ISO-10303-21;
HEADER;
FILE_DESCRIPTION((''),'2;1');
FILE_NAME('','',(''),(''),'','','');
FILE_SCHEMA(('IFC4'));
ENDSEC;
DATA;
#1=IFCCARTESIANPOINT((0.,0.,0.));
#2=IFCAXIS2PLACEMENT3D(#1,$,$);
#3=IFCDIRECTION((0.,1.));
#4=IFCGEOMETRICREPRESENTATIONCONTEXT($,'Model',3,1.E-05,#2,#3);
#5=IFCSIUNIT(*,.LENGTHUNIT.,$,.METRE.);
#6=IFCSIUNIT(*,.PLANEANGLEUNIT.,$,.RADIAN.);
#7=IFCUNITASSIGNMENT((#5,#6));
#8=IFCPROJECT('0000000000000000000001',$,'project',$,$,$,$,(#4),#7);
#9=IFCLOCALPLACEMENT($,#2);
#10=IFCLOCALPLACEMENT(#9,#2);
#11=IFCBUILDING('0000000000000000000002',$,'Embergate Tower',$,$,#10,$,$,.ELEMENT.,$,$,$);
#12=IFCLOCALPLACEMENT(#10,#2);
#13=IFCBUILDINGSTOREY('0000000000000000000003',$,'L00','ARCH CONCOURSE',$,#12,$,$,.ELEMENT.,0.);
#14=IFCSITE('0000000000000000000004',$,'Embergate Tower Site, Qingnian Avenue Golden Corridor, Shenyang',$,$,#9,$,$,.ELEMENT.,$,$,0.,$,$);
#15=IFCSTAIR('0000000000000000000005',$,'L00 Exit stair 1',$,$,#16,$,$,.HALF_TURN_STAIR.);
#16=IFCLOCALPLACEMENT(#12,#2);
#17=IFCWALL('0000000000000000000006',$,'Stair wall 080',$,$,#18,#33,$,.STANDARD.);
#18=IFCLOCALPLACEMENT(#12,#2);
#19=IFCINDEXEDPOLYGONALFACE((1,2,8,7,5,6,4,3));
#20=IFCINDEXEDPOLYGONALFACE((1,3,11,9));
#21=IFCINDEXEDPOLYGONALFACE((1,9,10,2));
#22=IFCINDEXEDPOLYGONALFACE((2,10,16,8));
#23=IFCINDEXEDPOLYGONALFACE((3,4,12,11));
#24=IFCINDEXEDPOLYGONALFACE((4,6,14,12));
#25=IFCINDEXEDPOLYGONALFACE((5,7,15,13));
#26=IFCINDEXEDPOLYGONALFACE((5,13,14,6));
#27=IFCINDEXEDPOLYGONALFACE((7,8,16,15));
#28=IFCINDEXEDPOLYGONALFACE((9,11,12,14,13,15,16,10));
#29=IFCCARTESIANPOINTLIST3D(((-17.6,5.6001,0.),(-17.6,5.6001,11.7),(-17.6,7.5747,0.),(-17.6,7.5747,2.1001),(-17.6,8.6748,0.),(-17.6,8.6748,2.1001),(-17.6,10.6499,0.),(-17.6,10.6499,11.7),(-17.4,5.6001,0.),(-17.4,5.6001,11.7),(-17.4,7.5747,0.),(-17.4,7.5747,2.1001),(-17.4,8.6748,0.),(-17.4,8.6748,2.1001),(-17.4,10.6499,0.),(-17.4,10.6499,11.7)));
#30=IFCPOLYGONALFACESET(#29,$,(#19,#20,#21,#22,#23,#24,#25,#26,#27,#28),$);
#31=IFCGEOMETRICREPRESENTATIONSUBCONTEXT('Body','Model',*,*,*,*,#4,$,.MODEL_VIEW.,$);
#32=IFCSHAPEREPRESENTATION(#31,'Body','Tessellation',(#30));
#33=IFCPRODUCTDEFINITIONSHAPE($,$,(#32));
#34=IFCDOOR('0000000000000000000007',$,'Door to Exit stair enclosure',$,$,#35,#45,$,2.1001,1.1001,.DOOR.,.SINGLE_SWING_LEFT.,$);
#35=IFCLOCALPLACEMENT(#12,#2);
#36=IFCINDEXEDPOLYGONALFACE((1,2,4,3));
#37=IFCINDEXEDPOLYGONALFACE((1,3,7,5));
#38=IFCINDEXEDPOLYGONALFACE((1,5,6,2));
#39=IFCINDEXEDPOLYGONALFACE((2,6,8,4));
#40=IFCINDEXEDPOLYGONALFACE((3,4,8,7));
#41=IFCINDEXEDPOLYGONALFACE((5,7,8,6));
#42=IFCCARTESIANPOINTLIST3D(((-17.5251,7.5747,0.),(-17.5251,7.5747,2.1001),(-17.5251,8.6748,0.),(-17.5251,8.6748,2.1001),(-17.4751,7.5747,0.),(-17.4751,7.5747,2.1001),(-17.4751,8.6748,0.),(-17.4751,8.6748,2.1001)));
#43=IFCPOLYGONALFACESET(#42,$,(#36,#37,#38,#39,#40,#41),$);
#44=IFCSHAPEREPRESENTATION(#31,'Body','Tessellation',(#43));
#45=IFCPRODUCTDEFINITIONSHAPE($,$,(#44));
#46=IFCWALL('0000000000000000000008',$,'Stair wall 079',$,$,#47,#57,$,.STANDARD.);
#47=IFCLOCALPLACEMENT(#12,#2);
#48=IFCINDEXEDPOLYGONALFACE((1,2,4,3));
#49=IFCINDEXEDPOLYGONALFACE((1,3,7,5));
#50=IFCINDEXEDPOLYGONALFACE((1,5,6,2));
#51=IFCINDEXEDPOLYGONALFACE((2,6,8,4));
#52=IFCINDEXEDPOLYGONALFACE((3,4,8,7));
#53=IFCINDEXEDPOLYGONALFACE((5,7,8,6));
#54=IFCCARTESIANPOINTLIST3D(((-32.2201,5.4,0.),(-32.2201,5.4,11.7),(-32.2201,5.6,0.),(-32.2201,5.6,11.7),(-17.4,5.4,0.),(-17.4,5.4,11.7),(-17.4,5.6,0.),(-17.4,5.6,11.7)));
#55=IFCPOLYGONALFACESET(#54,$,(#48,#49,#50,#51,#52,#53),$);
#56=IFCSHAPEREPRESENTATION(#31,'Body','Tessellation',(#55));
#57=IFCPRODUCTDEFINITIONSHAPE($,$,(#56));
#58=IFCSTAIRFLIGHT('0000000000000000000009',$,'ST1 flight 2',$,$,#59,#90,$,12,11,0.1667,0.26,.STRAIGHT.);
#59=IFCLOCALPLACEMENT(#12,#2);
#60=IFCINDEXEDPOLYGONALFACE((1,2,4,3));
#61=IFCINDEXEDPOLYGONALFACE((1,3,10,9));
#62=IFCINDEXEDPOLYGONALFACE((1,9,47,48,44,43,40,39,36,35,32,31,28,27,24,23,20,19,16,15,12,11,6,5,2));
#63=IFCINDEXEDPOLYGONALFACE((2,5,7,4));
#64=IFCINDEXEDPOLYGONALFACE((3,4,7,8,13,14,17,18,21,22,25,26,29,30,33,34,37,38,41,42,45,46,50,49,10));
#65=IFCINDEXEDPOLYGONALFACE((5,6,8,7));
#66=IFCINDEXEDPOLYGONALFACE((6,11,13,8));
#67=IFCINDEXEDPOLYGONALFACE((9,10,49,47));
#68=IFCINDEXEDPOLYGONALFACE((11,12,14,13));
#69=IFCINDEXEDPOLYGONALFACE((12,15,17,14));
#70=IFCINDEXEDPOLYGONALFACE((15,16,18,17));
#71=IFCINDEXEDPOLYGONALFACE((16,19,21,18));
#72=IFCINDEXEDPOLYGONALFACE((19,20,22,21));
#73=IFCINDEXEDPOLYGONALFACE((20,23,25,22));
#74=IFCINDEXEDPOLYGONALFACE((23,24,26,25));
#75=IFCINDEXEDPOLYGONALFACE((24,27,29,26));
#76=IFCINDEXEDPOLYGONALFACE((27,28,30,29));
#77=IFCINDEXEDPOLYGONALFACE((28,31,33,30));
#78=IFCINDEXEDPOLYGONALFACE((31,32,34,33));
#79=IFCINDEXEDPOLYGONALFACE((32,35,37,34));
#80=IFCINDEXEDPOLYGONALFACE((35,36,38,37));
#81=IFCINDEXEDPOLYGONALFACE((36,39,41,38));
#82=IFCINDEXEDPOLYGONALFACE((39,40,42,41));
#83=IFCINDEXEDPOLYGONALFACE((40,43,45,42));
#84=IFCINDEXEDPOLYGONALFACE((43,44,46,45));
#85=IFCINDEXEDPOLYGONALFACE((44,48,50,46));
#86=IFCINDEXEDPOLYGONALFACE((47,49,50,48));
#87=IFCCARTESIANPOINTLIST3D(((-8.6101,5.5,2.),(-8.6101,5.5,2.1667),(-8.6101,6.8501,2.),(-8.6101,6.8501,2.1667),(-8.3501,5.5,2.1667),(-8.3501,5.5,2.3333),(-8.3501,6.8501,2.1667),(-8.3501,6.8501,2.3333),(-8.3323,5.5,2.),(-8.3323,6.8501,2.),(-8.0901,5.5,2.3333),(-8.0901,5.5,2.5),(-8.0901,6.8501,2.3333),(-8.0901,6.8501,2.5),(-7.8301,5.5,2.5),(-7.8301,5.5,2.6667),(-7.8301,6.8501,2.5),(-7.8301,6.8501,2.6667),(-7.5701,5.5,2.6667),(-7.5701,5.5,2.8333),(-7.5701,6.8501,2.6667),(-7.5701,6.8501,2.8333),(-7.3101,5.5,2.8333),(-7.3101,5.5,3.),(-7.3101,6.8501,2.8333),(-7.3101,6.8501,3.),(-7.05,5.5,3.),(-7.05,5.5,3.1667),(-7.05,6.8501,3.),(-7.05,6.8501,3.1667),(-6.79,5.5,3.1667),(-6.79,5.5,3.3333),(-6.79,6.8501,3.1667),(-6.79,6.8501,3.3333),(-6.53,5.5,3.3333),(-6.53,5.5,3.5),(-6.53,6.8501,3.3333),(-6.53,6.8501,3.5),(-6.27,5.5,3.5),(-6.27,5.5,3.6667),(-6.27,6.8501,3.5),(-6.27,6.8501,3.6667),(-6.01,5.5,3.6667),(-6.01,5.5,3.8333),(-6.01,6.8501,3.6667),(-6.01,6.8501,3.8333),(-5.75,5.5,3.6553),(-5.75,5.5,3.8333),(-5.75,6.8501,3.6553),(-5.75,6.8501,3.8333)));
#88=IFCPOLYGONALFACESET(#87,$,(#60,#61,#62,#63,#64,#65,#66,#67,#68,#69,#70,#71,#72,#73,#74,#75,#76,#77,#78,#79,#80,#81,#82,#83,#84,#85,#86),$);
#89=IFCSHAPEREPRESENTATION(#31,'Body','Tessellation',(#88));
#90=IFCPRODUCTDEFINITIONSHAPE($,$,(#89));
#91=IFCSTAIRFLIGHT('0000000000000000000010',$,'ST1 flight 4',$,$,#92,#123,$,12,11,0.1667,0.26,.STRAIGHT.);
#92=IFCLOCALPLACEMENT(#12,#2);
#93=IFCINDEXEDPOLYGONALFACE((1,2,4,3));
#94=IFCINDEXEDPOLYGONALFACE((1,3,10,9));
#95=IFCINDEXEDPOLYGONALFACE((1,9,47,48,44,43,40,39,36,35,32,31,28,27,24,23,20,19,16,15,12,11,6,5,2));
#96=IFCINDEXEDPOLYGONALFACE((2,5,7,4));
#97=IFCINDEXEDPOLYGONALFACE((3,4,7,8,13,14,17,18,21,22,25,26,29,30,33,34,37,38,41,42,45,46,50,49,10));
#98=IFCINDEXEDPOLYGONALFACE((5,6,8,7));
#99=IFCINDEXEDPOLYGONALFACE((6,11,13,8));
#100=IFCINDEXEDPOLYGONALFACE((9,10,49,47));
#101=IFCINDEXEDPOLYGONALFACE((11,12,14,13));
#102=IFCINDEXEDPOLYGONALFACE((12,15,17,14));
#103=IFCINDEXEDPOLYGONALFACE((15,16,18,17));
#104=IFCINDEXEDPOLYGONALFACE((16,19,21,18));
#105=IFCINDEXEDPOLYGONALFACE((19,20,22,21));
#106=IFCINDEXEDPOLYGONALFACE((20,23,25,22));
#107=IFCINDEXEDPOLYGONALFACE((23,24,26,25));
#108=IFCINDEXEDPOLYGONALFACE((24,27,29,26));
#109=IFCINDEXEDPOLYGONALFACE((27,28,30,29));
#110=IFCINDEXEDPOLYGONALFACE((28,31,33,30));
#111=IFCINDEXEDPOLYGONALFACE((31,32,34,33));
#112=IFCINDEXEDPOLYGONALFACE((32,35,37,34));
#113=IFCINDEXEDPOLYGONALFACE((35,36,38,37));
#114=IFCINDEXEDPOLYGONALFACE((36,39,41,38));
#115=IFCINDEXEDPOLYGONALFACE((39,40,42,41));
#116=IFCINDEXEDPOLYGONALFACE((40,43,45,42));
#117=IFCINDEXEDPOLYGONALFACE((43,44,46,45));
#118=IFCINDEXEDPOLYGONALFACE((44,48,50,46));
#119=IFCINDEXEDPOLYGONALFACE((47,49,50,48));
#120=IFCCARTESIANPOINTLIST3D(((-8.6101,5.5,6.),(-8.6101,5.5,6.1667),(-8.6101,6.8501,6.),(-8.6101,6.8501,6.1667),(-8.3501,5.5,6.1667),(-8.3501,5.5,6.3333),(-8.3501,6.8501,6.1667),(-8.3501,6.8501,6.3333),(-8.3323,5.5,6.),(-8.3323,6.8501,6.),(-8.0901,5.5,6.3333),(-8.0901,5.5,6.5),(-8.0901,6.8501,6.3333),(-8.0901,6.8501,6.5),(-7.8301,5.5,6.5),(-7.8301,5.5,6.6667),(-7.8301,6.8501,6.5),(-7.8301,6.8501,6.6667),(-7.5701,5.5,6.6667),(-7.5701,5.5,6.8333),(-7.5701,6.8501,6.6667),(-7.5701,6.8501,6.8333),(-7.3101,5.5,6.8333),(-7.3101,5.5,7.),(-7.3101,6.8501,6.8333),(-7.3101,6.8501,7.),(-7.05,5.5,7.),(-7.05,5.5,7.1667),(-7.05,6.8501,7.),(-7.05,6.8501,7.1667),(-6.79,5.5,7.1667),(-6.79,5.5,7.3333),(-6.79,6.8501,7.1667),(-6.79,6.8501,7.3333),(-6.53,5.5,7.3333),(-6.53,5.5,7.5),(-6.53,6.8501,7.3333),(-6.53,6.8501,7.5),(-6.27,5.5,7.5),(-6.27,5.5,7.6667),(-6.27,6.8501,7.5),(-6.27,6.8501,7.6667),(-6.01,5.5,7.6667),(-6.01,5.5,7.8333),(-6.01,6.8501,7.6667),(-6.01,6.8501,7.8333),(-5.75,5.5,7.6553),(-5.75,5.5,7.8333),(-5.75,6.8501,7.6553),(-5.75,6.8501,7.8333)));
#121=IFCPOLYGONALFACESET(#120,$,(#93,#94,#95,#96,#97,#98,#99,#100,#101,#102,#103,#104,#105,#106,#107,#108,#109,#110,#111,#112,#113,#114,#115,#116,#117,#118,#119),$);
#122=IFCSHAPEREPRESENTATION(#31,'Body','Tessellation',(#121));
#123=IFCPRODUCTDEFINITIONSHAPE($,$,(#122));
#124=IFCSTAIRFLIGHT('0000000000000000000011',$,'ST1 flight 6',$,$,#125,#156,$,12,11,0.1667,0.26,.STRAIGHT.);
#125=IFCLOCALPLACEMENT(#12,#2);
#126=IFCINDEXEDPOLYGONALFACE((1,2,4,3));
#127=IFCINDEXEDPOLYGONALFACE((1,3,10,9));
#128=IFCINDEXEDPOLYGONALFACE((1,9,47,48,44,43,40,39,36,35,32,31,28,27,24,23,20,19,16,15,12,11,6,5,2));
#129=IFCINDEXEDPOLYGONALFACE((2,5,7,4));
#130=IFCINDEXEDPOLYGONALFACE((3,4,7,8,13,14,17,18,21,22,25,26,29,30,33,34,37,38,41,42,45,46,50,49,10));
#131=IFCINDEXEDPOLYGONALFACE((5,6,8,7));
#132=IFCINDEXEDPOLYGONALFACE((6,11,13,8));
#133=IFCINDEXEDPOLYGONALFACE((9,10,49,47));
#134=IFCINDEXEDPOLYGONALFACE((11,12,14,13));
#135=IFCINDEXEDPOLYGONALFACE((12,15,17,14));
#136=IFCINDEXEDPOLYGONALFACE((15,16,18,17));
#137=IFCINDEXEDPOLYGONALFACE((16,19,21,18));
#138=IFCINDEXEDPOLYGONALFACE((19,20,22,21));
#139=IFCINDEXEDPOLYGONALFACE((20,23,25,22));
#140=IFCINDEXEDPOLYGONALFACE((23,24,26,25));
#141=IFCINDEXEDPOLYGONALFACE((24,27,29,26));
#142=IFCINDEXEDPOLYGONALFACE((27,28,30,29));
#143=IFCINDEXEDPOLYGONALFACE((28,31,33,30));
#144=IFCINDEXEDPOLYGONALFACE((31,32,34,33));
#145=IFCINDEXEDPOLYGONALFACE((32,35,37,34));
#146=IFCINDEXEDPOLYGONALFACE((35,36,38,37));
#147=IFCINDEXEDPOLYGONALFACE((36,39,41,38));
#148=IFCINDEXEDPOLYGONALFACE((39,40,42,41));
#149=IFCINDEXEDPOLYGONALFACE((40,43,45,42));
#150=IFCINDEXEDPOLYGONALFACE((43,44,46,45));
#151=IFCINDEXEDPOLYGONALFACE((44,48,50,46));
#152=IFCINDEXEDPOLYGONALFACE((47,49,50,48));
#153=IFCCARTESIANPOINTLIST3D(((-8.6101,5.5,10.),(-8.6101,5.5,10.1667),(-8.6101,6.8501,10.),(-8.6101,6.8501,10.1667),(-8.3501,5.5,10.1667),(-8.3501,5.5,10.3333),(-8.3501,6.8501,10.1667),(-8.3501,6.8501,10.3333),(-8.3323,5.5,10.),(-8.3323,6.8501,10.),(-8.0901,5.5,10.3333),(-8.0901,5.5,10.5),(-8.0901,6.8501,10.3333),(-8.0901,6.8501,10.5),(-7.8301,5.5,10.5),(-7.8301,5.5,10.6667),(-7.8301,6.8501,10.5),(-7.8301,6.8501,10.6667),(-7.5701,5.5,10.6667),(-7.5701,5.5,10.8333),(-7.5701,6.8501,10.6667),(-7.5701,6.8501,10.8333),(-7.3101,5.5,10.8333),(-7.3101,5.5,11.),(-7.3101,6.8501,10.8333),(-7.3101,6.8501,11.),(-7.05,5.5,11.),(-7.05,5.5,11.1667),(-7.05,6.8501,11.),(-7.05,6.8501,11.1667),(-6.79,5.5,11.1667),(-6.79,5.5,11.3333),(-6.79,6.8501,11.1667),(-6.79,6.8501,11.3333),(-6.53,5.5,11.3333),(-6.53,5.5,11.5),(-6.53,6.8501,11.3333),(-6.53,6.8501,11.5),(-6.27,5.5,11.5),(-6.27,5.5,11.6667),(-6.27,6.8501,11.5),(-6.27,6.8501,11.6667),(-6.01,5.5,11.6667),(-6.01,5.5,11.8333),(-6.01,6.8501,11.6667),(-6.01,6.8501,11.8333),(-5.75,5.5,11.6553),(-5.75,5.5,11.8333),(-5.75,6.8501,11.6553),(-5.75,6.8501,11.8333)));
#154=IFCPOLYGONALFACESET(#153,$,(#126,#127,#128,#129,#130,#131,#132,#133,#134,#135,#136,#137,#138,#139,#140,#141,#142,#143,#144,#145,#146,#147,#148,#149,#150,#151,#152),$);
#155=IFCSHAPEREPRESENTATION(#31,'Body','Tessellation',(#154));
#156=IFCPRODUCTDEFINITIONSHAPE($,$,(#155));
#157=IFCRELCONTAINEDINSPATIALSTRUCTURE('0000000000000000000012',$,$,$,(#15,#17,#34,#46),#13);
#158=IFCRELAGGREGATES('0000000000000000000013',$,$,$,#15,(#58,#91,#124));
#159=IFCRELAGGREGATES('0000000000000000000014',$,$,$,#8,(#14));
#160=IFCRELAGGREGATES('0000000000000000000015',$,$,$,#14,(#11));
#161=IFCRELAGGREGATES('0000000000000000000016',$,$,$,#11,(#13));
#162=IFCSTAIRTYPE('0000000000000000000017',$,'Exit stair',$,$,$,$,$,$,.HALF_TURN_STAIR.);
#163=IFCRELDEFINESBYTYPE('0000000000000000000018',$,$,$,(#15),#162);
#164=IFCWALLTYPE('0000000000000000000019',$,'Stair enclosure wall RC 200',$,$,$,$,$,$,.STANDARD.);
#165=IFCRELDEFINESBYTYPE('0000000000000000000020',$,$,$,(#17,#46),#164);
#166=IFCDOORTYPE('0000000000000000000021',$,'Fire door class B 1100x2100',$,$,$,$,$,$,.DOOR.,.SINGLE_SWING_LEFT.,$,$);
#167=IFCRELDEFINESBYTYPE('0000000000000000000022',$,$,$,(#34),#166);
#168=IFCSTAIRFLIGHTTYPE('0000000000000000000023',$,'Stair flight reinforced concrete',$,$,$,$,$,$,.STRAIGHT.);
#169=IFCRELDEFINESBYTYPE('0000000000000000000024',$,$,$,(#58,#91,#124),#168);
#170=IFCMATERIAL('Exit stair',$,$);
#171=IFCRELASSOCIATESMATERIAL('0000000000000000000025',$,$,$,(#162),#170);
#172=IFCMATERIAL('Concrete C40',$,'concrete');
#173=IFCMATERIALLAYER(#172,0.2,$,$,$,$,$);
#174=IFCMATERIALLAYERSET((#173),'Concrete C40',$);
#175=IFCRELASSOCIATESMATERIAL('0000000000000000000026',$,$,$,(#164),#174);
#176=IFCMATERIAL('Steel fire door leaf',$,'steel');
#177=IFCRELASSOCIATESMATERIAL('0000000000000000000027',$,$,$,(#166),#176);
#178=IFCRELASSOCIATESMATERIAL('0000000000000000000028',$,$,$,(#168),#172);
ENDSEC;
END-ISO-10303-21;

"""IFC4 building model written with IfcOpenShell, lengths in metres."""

from ifc_helpers import new_model, si_unit, direction, frame, frame_2d, origin, place, context, subcontext, project, spatial, polyline, rectangle, outline, extrude, source, transform, mapped, material, layer, layer_set, type_object, element, fill, aggregate, save


model = new_model("IFC4")

# Units and contexts
model_context = context("Model", 3, precision=1e-05, world=origin(), true_north=direction((0.0, 1.0)))
body_context = subcontext(model_context, "Body", "Model", "MODEL_VIEW")
ifc_project = project(units=[si_unit("LENGTHUNIT", "METRE"), si_unit("PLANEANGLEUNIT", "RADIAN")], contexts=[model_context])

# Site, building, storey
site_placement = place(None, origin())
site = spatial("IfcSite", under=ifc_project, at=site_placement, Name="Embergate Tower Site, Qingnian Avenue Golden Corridor, Shenyang", CompositionType="ELEMENT", RefElevation=0.0)
building_placement = place(site_placement, origin())
building = spatial("IfcBuilding", under=site, at=building_placement, Name="Embergate Tower", CompositionType="ELEMENT")
storey_placement = place(building_placement, origin())
storey = spatial("IfcBuildingStorey", under=building, at=storey_placement, Name="L00", Description="ARCH CONCOURSE", CompositionType="ELEMENT", Elevation=0.0)

# Stair
ifc_material_1 = material(Name="Exit stair")
stair_type_1 = type_object("IfcStairType", Name="Exit stair", PredefinedType="HALF_TURN_STAIR", material=ifc_material_1)
stair_1_placement = place(storey_placement, origin())
stair_1 = element("IfcStair", 1, at=stair_1_placement, inside=storey, type_object=stair_type_1, Name="L00 Exit stair 1", PredefinedType="HALF_TURN_STAIR")
ifc_material_2 = material(Name="Concrete C40", Category="concrete")

# Wall, opening, door
ifc_layer_1 = layer(ifc_material_2, 0.2)
ifc_layer_set_1 = layer_set([ifc_layer_1], Name="Concrete C40")
wall_type_1 = type_object("IfcWallType", Name="Stair enclosure wall RC 200", PredefinedType="STANDARD", material=ifc_layer_set_1)
shared_shape_1 = source(origin(), body_context, "Body", "SweptSolid", [
    extrude(rectangle(XDim=5.0498, YDim=0.2, at=frame_2d((2.5249, 0.0))), origin(), (0.0, 0.0, 1.0), 11.7),
])
wall_1_placement = place(storey_placement, frame((-17.5, 10.6499, 0.0), z_axis=(0.0, 0.0, 1.0), x_axis=(0.0, -1.0, 0.0)))
wall_1 = element("IfcWall", 2, at=wall_1_placement, inside=storey, type_object=wall_type_1, Name="Stair wall 080", PredefinedType="STANDARD", context=body_context, shape_type="MappedRepresentation", body=[
    mapped(shared_shape_1, transform((0.0, 0.0, 0.0))),
])
shared_shape_2 = source(origin(), body_context, "Body", "SweptSolid", [
    extrude(rectangle(XDim=1.1001, YDim=2.1001, at=frame_2d((0.55, 1.05))), frame((0.0, 0.1099, 0.0), z_axis=(0.0, -1.0, 0.0), x_axis=(1.0, 0.0, 0.0)), (0.0, 0.0, 1.0), 0.22),
])
opening_1_placement = place(wall_1_placement, frame((1.9751, 0.0, 0.0)))
opening_1 = element("IfcOpeningElement", 3, at=opening_1_placement, cuts=wall_1, PredefinedType="OPENING", context=body_context, shape_type="MappedRepresentation", body=[
    mapped(shared_shape_2, transform((0.0, 0.0, 0.0))),
])
ifc_material_3 = material(Name="Steel fire door leaf", Category="steel")
door_type_1 = type_object("IfcDoorType", Name="Fire door class B 1100x2100", OperationType="SINGLE_SWING_LEFT", PredefinedType="DOOR", material=ifc_material_3)
shared_shape_3 = source(origin(), body_context, "Body", "SweptSolid", [
    extrude(rectangle(XDim=1.1001, YDim=2.1001, at=frame_2d((0.55, 1.05))), frame((0.0, 0.0249, 0.0), z_axis=(0.0, -1.0, 0.0), x_axis=(1.0, 0.0, 0.0)), (0.0, 0.0, 1.0), 0.05),
])
door_1_placement = place(opening_1_placement, origin())
door_1 = element("IfcDoor", 4, at=door_1_placement, inside=storey, type_object=door_type_1, Name="Door to Exit stair enclosure", OperationType="SINGLE_SWING_LEFT", OverallHeight=2.1001, OverallWidth=1.1001, PredefinedType="DOOR", context=body_context, shape_type="MappedRepresentation", body=[
    mapped(shared_shape_3, transform((0.0, 0.0, 0.0))),
])
fill(opening_1, door_1)

# Wall
shared_shape_4 = source(origin(), body_context, "Body", "SweptSolid", [
    extrude(rectangle(XDim=14.8201, YDim=0.2, at=frame_2d((7.4102, 0.0))), origin(), (0.0, 0.0, 1.0), 11.7),
])
wall_2_placement = place(storey_placement, frame((-17.3999, 5.5, 0.0), z_axis=(0.0, 0.0, 1.0), x_axis=(-1.0, 0.0, 0.0)))
element("IfcWall", 5, at=wall_2_placement, inside=storey, type_object=wall_type_1, Name="Stair wall 079", PredefinedType="STANDARD", context=body_context, shape_type="MappedRepresentation", body=[
    mapped(shared_shape_4, transform((0.0, 0.0, 0.0))),
])

# Stair flights
stair_flight_type_1 = type_object("IfcStairFlightType", Name="Stair flight reinforced concrete", PredefinedType="STRAIGHT", material=ifc_material_2)
shared_shape_5 = source(origin(), body_context, "Body", "SweptSolid", [
    extrude(outline(polyline([(0.0, 0.0), (0.0, 0.1667), (0.26, 0.1667), (0.26, 0.3333), (0.52, 0.3333), (0.52, 0.5), (0.78, 0.5), (0.78, 0.6667), (1.04, 0.6667), (1.04, 0.8333), (1.3, 0.8333), (1.3, 1.0), (1.5601, 1.0), (1.5601, 1.1667), (1.8201, 1.1667), (1.8201, 1.3333), (2.0801, 1.3333), (2.0801, 1.5), (2.3401, 1.5), (2.3401, 1.6667), (2.6001, 1.6667), (2.6001, 1.8333), (2.8601, 1.8333), (2.8601, 2.0), (2.8601, 1.6553), (0.2778, 0.0), (0.0, 0.0)])), frame((0.0, 0.675, 0.0), z_axis=(0.0, -1.0, 0.0), x_axis=(1.0, 0.0, 0.0)), (0.0, 0.0, 1.0), 1.3501),
])
stair_flight_1_placement = place(storey_placement, frame((-8.6101, 6.175, 2.0), z_axis=(0.0, 0.0, 1.0), x_axis=(1.0, 0.0, 0.0)))
stair_flight_1 = element("IfcStairFlight", 6, at=stair_flight_1_placement, type_object=stair_flight_type_1, Name="ST1 flight 2", NumberOfRisers=12, NumberOfTreads=11, PredefinedType="STRAIGHT", RiserHeight=0.1667, TreadLength=0.26, context=body_context, shape_type="MappedRepresentation", body=[
    mapped(shared_shape_5, transform((0.0, 0.0, 0.0))),
])
stair_flight_2_placement = place(storey_placement, frame((-8.6101, 6.175, 6.0), z_axis=(0.0, 0.0, 1.0), x_axis=(1.0, 0.0, 0.0)))
stair_flight_2 = element("IfcStairFlight", 7, at=stair_flight_2_placement, type_object=stair_flight_type_1, Name="ST1 flight 4", NumberOfRisers=12, NumberOfTreads=11, PredefinedType="STRAIGHT", RiserHeight=0.1667, TreadLength=0.26, context=body_context, shape_type="MappedRepresentation", body=[
    mapped(shared_shape_5, transform((0.0, 0.0, 0.0))),
])
stair_flight_3_placement = place(storey_placement, frame((-8.6101, 6.175, 10.0), z_axis=(0.0, 0.0, 1.0), x_axis=(1.0, 0.0, 0.0)))
stair_flight_3 = element("IfcStairFlight", 8, at=stair_flight_3_placement, type_object=stair_flight_type_1, Name="ST1 flight 6", NumberOfRisers=12, NumberOfTreads=11, PredefinedType="STRAIGHT", RiserHeight=0.1667, TreadLength=0.26, context=body_context, shape_type="MappedRepresentation", body=[
    mapped(shared_shape_5, transform((0.0, 0.0, 0.0))),
])
aggregate(stair_1, [stair_flight_1, stair_flight_2, stair_flight_3])

save(model, "model.ifc")
